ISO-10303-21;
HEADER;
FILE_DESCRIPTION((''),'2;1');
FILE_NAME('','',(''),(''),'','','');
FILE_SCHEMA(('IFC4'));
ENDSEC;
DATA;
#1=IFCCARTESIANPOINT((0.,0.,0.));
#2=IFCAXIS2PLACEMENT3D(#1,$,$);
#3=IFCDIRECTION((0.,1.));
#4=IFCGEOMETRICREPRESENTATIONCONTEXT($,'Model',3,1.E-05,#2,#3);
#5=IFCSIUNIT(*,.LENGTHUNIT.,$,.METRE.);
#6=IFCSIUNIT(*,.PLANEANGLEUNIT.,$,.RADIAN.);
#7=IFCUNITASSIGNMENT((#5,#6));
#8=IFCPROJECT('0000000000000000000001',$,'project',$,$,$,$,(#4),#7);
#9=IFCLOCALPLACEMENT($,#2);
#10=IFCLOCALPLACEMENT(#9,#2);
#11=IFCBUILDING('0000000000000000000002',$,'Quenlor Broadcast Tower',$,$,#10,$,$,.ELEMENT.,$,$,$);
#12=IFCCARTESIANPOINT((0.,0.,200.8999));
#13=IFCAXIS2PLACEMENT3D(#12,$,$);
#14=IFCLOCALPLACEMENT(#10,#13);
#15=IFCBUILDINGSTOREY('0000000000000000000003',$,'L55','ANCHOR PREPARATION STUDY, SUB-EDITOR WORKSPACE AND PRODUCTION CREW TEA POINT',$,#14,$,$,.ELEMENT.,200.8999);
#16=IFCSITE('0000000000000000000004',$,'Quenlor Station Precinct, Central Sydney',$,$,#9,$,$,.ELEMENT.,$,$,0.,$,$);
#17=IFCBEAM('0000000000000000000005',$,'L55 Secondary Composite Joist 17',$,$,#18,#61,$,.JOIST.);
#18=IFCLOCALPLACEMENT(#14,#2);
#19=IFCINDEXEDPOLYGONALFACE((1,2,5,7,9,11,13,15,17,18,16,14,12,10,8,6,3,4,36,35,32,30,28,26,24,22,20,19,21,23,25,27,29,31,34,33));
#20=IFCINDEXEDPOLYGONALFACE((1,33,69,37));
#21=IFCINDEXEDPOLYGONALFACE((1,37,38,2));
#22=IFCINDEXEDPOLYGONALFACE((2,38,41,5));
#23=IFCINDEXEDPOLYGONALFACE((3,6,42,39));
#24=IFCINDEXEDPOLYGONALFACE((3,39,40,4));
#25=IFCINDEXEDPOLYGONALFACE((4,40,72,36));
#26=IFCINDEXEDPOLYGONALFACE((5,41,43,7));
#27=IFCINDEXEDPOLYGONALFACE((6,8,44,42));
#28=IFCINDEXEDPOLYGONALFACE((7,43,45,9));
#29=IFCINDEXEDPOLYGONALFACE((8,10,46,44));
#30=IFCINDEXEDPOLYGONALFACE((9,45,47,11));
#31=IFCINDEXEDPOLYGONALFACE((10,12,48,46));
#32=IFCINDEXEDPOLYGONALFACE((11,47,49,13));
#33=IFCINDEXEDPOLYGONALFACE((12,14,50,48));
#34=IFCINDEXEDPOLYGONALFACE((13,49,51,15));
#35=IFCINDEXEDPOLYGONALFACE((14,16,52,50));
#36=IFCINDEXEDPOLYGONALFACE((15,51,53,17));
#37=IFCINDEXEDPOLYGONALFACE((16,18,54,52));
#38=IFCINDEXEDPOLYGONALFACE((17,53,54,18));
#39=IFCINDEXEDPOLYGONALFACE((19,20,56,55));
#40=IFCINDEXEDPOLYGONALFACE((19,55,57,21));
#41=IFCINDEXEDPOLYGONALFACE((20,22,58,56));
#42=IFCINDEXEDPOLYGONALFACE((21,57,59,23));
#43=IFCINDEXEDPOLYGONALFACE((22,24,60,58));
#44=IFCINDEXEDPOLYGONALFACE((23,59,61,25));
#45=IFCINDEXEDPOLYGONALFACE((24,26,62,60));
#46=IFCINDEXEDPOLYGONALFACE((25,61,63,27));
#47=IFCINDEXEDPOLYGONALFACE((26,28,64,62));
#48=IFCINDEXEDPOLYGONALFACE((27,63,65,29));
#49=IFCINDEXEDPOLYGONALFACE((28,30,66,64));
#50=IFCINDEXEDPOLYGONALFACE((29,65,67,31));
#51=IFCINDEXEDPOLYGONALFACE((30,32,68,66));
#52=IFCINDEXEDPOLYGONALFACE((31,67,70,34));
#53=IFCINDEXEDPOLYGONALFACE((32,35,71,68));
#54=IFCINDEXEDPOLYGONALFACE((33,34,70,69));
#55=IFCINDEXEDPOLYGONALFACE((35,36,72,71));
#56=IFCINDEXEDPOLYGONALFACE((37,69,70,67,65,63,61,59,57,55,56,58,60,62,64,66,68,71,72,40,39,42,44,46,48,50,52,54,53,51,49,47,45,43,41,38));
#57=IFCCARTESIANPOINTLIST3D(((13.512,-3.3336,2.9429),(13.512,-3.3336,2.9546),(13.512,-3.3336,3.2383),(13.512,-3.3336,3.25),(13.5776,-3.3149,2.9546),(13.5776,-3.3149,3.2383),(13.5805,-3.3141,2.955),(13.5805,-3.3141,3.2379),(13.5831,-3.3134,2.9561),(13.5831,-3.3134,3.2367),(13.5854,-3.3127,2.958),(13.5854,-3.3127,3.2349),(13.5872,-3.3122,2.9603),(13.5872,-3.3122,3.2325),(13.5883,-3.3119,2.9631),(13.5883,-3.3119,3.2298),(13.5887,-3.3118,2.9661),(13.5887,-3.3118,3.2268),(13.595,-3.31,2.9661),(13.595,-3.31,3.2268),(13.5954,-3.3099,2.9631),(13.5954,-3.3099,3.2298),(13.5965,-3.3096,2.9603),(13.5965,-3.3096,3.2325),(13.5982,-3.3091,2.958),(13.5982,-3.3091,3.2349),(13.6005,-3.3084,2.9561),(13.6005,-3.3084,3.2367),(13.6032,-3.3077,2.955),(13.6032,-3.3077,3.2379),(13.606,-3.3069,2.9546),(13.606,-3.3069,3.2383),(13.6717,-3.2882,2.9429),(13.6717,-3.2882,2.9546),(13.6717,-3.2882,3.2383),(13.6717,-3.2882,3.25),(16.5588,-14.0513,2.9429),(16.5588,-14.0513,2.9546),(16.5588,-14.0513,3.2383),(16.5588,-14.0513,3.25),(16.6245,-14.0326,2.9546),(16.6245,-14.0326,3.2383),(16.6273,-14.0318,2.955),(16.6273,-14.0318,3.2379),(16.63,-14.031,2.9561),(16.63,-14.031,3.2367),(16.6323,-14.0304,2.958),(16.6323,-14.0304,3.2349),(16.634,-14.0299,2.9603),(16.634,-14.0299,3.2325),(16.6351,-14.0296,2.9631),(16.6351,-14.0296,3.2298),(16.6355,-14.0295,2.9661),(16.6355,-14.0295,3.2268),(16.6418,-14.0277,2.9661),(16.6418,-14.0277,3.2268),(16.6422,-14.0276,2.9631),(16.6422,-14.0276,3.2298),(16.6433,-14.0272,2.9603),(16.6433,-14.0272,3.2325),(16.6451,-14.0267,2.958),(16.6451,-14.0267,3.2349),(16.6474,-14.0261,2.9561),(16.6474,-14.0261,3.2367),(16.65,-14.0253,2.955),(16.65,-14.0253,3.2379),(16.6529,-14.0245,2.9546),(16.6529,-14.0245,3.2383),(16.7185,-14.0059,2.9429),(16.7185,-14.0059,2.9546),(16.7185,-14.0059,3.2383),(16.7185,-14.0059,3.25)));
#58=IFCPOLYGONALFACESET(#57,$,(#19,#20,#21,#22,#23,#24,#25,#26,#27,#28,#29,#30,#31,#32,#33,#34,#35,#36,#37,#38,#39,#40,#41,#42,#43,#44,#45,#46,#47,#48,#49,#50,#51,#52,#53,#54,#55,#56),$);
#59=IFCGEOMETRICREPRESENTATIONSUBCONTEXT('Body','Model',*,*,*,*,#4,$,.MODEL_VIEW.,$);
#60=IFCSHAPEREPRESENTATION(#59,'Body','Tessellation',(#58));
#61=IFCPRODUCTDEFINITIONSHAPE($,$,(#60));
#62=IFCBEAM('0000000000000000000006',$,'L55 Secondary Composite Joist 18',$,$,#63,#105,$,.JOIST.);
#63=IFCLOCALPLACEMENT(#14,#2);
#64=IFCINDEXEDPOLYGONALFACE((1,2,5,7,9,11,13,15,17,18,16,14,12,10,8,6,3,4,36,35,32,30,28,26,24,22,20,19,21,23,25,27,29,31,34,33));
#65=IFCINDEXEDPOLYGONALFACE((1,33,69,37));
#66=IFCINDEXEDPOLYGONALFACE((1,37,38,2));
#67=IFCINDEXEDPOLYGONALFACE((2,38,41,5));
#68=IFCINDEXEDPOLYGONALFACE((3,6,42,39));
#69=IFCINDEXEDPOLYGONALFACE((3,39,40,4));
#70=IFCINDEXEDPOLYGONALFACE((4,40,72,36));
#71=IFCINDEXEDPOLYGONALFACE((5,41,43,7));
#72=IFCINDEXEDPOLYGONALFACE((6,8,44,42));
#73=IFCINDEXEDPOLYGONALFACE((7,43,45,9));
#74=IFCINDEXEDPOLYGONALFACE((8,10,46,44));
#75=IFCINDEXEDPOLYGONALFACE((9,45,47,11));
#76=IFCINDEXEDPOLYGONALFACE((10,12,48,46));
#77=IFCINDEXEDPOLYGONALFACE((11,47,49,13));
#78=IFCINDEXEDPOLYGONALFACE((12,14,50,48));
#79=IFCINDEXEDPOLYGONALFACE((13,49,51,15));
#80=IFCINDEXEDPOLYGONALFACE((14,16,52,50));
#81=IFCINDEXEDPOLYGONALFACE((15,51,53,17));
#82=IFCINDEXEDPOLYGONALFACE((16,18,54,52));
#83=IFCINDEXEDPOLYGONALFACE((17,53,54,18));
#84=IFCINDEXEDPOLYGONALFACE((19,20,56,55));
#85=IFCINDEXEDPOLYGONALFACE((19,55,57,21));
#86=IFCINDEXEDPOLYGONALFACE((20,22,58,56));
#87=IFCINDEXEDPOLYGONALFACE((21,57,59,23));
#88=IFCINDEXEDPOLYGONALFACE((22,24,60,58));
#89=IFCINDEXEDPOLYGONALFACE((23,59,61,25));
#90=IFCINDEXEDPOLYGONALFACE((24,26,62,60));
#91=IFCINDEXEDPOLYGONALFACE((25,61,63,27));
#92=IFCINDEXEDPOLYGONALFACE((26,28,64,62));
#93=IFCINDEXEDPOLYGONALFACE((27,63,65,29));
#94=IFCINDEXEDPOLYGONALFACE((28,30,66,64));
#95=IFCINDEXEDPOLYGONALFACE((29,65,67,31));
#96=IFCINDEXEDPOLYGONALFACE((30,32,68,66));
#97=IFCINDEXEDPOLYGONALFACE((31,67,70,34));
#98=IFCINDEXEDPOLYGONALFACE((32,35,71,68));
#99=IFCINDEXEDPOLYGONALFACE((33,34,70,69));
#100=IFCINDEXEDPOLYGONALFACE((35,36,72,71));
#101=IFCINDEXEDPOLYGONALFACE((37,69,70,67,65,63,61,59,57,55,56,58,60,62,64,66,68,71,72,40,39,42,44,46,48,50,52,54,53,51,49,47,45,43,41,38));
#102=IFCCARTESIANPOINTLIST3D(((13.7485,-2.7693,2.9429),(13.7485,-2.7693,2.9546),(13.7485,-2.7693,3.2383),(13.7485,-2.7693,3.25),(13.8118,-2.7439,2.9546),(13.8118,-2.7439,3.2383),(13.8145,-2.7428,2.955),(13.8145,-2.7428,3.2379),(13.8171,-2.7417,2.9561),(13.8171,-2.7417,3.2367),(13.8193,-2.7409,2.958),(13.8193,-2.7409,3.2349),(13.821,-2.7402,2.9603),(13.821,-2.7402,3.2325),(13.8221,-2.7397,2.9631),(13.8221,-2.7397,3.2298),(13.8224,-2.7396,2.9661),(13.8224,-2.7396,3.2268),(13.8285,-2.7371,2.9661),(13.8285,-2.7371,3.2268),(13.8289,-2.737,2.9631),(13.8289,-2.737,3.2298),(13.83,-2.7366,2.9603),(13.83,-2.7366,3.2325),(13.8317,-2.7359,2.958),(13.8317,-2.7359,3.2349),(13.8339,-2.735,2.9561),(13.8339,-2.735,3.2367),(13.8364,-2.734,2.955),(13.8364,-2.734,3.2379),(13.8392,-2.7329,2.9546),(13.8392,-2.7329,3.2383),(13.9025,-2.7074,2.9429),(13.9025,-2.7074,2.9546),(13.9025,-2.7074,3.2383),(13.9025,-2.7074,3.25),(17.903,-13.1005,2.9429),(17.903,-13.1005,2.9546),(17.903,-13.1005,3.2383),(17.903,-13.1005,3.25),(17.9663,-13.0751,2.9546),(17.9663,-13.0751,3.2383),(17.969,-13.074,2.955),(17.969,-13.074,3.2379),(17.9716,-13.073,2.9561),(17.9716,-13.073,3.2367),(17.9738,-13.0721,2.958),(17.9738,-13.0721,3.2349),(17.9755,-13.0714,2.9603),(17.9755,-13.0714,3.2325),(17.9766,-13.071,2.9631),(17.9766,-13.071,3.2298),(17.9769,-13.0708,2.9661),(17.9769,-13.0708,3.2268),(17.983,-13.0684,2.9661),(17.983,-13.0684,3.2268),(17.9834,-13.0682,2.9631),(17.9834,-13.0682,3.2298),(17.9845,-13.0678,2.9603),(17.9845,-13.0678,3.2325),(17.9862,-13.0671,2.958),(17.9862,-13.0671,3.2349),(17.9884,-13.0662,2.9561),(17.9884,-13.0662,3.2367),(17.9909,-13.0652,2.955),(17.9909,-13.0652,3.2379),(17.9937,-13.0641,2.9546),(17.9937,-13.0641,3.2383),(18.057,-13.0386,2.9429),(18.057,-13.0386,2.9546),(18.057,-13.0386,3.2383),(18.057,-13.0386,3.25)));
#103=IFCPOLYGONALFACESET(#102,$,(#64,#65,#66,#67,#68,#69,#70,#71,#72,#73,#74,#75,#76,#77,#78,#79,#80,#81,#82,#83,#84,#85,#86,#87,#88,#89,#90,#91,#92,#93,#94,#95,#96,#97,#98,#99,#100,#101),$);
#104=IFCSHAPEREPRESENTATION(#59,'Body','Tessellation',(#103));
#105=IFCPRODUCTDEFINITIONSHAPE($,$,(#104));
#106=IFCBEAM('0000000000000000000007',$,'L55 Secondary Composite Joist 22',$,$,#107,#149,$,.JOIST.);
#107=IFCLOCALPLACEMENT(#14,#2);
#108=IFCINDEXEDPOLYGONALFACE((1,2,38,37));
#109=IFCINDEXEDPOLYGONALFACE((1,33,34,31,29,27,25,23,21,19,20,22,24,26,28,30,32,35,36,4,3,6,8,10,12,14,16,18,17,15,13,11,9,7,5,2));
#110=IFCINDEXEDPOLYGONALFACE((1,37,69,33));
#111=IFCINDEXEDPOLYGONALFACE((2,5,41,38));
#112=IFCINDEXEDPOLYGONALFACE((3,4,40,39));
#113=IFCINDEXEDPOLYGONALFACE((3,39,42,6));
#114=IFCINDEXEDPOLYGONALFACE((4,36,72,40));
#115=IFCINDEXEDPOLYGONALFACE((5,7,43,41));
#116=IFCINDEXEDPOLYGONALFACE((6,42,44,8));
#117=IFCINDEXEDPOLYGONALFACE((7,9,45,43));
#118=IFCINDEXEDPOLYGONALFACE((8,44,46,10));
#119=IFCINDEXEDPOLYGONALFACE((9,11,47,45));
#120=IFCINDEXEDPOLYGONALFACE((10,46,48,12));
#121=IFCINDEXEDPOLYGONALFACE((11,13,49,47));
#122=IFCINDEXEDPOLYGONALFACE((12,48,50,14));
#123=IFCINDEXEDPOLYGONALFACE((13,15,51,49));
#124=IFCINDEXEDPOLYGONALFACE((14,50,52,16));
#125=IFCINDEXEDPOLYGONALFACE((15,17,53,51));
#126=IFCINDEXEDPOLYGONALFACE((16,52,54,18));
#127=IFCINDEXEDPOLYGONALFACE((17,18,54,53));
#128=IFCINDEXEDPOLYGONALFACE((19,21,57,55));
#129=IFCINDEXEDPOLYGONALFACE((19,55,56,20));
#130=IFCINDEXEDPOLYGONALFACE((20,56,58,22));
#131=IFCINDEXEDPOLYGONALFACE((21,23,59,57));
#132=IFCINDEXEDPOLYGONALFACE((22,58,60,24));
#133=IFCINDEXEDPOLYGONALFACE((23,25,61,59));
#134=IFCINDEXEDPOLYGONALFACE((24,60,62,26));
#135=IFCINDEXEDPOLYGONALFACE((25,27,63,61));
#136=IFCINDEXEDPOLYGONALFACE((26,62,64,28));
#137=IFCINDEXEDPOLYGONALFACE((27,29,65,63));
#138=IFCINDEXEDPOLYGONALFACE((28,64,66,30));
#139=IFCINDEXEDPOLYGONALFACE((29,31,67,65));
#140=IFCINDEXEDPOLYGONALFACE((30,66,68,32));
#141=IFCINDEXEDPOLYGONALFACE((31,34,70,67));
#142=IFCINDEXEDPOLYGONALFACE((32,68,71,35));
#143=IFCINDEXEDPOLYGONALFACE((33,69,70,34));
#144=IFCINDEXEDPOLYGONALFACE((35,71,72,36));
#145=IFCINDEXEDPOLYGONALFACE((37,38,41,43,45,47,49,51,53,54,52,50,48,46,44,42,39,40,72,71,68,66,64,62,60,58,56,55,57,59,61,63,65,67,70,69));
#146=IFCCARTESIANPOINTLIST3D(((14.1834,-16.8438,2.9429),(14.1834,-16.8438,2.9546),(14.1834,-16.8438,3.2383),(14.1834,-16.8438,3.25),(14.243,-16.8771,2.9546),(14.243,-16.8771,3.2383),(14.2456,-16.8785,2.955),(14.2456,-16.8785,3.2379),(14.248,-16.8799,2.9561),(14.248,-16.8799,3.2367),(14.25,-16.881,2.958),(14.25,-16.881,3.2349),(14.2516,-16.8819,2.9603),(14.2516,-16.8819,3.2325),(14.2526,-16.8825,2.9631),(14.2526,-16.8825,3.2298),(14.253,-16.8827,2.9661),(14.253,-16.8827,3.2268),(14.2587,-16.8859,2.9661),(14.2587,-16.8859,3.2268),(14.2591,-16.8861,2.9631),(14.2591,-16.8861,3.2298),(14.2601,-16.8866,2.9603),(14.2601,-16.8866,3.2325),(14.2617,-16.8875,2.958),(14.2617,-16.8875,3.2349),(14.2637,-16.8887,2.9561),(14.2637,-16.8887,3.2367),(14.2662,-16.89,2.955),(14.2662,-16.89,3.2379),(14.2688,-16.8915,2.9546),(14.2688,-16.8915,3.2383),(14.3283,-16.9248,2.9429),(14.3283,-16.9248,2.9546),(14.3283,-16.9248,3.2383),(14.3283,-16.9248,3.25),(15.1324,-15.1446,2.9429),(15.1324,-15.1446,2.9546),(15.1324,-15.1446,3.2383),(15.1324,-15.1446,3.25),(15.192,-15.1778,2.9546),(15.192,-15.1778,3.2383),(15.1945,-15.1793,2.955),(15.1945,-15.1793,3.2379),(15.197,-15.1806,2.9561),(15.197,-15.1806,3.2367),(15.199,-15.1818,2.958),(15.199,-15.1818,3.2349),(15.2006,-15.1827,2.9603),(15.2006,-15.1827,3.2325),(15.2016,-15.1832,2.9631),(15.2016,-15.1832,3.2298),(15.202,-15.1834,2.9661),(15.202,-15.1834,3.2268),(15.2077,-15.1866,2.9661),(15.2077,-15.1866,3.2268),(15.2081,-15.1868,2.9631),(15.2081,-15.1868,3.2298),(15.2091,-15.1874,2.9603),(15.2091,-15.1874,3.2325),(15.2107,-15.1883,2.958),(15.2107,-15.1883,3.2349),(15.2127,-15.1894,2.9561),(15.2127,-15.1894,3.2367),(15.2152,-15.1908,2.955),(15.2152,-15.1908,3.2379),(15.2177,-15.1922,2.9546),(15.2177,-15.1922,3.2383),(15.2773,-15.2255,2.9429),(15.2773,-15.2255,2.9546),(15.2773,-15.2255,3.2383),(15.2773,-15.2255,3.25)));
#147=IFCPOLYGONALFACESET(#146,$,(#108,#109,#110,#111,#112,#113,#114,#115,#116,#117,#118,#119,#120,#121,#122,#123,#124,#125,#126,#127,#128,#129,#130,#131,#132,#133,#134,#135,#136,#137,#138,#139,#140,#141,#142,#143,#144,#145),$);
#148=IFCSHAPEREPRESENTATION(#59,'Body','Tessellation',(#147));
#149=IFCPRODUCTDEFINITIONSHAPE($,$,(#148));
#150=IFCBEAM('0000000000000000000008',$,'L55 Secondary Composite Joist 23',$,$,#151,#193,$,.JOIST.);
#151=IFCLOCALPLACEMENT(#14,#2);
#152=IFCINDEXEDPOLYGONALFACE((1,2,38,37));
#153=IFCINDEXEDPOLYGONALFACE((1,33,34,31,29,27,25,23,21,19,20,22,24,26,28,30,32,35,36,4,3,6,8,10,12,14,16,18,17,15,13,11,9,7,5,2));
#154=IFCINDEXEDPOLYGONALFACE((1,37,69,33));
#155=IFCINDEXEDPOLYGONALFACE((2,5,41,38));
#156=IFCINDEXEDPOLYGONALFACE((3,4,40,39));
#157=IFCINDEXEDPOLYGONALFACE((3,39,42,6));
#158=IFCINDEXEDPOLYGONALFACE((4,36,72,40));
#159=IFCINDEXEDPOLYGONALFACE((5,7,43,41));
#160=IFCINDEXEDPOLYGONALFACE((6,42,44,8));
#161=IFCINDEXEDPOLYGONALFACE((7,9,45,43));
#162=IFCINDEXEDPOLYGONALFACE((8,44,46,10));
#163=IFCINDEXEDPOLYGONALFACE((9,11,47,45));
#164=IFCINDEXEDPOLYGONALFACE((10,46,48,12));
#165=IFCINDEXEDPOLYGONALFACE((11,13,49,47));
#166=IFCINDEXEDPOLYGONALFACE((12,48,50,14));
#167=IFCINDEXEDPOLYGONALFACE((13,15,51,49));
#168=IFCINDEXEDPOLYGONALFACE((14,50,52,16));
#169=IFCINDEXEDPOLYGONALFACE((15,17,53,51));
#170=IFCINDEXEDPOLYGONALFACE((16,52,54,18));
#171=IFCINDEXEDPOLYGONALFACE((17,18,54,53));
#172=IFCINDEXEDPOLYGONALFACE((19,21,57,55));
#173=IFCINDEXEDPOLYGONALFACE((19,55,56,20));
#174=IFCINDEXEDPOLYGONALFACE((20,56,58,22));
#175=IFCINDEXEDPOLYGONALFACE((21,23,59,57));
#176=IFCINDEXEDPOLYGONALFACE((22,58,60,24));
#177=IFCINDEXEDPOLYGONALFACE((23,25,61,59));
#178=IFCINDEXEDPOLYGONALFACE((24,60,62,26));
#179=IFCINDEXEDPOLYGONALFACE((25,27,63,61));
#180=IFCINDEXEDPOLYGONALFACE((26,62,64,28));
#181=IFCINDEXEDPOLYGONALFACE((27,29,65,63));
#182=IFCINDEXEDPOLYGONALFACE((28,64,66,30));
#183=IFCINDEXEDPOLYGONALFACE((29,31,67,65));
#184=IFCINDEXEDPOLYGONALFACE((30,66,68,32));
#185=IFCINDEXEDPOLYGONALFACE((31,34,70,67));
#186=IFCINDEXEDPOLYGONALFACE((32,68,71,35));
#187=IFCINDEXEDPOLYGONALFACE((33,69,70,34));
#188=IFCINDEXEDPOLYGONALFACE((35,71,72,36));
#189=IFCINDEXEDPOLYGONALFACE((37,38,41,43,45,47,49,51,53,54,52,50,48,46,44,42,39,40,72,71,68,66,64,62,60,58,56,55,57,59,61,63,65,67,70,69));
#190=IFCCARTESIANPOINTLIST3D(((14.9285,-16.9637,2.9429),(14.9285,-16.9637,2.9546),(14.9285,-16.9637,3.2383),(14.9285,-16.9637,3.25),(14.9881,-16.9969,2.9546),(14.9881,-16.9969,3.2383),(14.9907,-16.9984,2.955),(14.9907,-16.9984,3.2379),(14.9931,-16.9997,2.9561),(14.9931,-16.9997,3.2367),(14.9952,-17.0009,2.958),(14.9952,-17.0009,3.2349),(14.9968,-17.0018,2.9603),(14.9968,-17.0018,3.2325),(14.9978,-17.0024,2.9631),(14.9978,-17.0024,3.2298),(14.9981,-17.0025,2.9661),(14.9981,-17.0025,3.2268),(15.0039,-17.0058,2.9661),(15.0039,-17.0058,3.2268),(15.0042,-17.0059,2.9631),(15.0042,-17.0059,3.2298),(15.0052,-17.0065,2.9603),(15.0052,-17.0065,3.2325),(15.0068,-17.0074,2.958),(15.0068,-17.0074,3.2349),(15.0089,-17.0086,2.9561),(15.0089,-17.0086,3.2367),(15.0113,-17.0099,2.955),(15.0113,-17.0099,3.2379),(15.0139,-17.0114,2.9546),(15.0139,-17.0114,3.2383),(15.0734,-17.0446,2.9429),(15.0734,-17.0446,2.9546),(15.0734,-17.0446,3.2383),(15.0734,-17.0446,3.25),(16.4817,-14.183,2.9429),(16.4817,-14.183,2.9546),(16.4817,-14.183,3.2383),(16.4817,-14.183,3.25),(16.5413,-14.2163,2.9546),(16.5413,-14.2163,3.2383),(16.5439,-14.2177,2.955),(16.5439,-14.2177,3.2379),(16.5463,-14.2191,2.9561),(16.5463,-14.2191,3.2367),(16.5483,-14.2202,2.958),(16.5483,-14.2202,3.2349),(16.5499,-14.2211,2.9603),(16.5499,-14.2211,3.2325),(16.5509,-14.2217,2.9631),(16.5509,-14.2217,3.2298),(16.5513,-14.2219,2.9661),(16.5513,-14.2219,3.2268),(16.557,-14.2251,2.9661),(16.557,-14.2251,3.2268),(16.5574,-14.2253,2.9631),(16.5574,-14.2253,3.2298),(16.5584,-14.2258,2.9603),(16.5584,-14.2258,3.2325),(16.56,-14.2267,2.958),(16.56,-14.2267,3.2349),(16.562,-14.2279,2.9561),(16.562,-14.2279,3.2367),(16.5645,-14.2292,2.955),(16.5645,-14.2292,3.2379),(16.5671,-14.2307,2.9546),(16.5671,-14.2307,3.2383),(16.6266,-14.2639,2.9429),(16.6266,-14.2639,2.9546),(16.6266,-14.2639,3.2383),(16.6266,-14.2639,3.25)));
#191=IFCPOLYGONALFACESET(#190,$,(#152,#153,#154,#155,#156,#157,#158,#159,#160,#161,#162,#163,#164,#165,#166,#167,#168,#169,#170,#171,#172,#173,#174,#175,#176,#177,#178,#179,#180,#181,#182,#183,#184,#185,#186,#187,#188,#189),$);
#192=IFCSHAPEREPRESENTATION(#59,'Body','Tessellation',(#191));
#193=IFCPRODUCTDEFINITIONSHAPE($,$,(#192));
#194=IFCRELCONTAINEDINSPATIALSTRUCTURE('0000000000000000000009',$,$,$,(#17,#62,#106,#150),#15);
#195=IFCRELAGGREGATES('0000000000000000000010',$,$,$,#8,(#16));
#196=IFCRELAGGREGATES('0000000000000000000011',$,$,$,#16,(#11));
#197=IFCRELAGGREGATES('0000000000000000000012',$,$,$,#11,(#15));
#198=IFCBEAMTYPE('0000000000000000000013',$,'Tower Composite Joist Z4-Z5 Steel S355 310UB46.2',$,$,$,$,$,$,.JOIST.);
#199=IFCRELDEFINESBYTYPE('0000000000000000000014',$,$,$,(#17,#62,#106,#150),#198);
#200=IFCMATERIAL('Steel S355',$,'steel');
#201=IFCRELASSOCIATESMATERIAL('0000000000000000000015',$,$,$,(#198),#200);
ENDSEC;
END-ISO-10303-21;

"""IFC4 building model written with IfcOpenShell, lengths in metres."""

from ifc_helpers import new_model, si_unit, direction, frame, origin, origin_2d, place, context, subcontext, project, spatial, i_section, extrude, material, material_profile, profile_set, type_object, element, save


model = new_model("IFC4")

# Units and contexts
model_context = context("Model", 3, precision=1e-05, world=origin(), true_north=direction((0.0, 1.0)))
body_context = subcontext(model_context, "Body", "Model", "MODEL_VIEW")
ifc_project = project(units=[si_unit("LENGTHUNIT", "METRE"), si_unit("PLANEANGLEUNIT", "RADIAN")], contexts=[model_context])

# Site, building, storey
site_placement = place(None, origin())
site = spatial("IfcSite", under=ifc_project, at=site_placement, Name="Quenlor Station Precinct, Central Sydney", CompositionType="ELEMENT", RefElevation=0.0)
building_placement = place(site_placement, origin())
building = spatial("IfcBuilding", under=site, at=building_placement, Name="Quenlor Broadcast Tower", CompositionType="ELEMENT")
storey_placement = place(building_placement, frame((0.0, 0.0, 200.8999)))
storey = spatial("IfcBuildingStorey", under=building, at=storey_placement, Name="L55", Description="ANCHOR PREPARATION STUDY, SUB-EDITOR WORKSPACE AND PRODUCTION CREW TEA POINT", CompositionType="ELEMENT", Elevation=200.8999)

# Beams
ifc_material_1 = material(Name="Steel S355", Category="steel")
ifc_material_profile_1 = material_profile(ifc_material_1, i_section(OverallWidth=0.166, OverallDepth=0.3071, WebThickness=0.0066, FlangeThickness=0.0117, FilletRadius=0.0115, at=origin_2d()))
ifc_profile_set_1 = profile_set([ifc_material_profile_1], Name="Steel S355 310UB46.2")
beam_type_1 = type_object("IfcBeamType", Name="Tower Composite Joist Z4-Z5 Steel S355 310UB46.2", PredefinedType="JOIST", material=ifc_profile_set_1)
beam_1_placement = place(storey_placement, frame((16.6387, -14.0286, 3.0964), z_axis=(-0.273448, 0.961887, 0.0), x_axis=(-0.961887, -0.273448, 0.0)))
element("IfcBeam", 1, at=beam_1_placement, inside=storey, type_object=beam_type_1, Name="L55 Secondary Composite Joist 17", PredefinedType="JOIST", context=body_context, shape_type="SweptSolid", body=[
    extrude(i_section(OverallWidth=0.166, OverallDepth=0.3071, WebThickness=0.0066, FlangeThickness=0.0117, FilletRadius=0.0115, at=origin_2d()), origin(), (0.0, 0.0, 1.0), 11.1423),
])
beam_2_placement = place(storey_placement, frame((17.98, -13.0696, 3.0964), z_axis=(-0.373095, 0.927793, 0.0), x_axis=(-0.927793, -0.373095, 0.0)))
element("IfcBeam", 2, at=beam_2_placement, inside=storey, type_object=beam_type_1, Name="L55 Secondary Composite Joist 18", PredefinedType="JOIST", context=body_context, shape_type="SweptSolid", body=[
    extrude(i_section(OverallWidth=0.166, OverallDepth=0.3071, WebThickness=0.0066, FlangeThickness=0.0117, FilletRadius=0.0115, at=origin_2d()), origin(), (0.0, 0.0, 1.0), 11.1353),
])
beam_3_placement = place(storey_placement, frame((14.2559, -16.8843, 3.0964), z_axis=(0.487591, 0.873072, 0.0), x_axis=(-0.873072, 0.487591, 0.0)))
element("IfcBeam", 3, at=beam_3_placement, inside=storey, type_object=beam_type_1, Name="L55 Secondary Composite Joist 22", PredefinedType="JOIST", context=body_context, shape_type="SweptSolid", body=[
    extrude(i_section(OverallWidth=0.166, OverallDepth=0.3071, WebThickness=0.0066, FlangeThickness=0.0117, FilletRadius=0.0115, at=origin_2d()), origin(), (0.0, 0.0, 1.0), 1.9463),
])
beam_4_placement = place(storey_placement, frame((15.001, -17.0042, 3.0964), z_axis=(0.487646, 0.873041, 0.0), x_axis=(-0.873041, 0.487646, 0.0)))
element("IfcBeam", 4, at=beam_4_placement, inside=storey, type_object=beam_type_1, Name="L55 Secondary Composite Joist 23", PredefinedType="JOIST", context=body_context, shape_type="SweptSolid", body=[
    extrude(i_section(OverallWidth=0.166, OverallDepth=0.3071, WebThickness=0.0066, FlangeThickness=0.0117, FilletRadius=0.0115, at=origin_2d()), origin(), (0.0, 0.0, 1.0), 3.1851),
])

save(model, "model.ifc")
